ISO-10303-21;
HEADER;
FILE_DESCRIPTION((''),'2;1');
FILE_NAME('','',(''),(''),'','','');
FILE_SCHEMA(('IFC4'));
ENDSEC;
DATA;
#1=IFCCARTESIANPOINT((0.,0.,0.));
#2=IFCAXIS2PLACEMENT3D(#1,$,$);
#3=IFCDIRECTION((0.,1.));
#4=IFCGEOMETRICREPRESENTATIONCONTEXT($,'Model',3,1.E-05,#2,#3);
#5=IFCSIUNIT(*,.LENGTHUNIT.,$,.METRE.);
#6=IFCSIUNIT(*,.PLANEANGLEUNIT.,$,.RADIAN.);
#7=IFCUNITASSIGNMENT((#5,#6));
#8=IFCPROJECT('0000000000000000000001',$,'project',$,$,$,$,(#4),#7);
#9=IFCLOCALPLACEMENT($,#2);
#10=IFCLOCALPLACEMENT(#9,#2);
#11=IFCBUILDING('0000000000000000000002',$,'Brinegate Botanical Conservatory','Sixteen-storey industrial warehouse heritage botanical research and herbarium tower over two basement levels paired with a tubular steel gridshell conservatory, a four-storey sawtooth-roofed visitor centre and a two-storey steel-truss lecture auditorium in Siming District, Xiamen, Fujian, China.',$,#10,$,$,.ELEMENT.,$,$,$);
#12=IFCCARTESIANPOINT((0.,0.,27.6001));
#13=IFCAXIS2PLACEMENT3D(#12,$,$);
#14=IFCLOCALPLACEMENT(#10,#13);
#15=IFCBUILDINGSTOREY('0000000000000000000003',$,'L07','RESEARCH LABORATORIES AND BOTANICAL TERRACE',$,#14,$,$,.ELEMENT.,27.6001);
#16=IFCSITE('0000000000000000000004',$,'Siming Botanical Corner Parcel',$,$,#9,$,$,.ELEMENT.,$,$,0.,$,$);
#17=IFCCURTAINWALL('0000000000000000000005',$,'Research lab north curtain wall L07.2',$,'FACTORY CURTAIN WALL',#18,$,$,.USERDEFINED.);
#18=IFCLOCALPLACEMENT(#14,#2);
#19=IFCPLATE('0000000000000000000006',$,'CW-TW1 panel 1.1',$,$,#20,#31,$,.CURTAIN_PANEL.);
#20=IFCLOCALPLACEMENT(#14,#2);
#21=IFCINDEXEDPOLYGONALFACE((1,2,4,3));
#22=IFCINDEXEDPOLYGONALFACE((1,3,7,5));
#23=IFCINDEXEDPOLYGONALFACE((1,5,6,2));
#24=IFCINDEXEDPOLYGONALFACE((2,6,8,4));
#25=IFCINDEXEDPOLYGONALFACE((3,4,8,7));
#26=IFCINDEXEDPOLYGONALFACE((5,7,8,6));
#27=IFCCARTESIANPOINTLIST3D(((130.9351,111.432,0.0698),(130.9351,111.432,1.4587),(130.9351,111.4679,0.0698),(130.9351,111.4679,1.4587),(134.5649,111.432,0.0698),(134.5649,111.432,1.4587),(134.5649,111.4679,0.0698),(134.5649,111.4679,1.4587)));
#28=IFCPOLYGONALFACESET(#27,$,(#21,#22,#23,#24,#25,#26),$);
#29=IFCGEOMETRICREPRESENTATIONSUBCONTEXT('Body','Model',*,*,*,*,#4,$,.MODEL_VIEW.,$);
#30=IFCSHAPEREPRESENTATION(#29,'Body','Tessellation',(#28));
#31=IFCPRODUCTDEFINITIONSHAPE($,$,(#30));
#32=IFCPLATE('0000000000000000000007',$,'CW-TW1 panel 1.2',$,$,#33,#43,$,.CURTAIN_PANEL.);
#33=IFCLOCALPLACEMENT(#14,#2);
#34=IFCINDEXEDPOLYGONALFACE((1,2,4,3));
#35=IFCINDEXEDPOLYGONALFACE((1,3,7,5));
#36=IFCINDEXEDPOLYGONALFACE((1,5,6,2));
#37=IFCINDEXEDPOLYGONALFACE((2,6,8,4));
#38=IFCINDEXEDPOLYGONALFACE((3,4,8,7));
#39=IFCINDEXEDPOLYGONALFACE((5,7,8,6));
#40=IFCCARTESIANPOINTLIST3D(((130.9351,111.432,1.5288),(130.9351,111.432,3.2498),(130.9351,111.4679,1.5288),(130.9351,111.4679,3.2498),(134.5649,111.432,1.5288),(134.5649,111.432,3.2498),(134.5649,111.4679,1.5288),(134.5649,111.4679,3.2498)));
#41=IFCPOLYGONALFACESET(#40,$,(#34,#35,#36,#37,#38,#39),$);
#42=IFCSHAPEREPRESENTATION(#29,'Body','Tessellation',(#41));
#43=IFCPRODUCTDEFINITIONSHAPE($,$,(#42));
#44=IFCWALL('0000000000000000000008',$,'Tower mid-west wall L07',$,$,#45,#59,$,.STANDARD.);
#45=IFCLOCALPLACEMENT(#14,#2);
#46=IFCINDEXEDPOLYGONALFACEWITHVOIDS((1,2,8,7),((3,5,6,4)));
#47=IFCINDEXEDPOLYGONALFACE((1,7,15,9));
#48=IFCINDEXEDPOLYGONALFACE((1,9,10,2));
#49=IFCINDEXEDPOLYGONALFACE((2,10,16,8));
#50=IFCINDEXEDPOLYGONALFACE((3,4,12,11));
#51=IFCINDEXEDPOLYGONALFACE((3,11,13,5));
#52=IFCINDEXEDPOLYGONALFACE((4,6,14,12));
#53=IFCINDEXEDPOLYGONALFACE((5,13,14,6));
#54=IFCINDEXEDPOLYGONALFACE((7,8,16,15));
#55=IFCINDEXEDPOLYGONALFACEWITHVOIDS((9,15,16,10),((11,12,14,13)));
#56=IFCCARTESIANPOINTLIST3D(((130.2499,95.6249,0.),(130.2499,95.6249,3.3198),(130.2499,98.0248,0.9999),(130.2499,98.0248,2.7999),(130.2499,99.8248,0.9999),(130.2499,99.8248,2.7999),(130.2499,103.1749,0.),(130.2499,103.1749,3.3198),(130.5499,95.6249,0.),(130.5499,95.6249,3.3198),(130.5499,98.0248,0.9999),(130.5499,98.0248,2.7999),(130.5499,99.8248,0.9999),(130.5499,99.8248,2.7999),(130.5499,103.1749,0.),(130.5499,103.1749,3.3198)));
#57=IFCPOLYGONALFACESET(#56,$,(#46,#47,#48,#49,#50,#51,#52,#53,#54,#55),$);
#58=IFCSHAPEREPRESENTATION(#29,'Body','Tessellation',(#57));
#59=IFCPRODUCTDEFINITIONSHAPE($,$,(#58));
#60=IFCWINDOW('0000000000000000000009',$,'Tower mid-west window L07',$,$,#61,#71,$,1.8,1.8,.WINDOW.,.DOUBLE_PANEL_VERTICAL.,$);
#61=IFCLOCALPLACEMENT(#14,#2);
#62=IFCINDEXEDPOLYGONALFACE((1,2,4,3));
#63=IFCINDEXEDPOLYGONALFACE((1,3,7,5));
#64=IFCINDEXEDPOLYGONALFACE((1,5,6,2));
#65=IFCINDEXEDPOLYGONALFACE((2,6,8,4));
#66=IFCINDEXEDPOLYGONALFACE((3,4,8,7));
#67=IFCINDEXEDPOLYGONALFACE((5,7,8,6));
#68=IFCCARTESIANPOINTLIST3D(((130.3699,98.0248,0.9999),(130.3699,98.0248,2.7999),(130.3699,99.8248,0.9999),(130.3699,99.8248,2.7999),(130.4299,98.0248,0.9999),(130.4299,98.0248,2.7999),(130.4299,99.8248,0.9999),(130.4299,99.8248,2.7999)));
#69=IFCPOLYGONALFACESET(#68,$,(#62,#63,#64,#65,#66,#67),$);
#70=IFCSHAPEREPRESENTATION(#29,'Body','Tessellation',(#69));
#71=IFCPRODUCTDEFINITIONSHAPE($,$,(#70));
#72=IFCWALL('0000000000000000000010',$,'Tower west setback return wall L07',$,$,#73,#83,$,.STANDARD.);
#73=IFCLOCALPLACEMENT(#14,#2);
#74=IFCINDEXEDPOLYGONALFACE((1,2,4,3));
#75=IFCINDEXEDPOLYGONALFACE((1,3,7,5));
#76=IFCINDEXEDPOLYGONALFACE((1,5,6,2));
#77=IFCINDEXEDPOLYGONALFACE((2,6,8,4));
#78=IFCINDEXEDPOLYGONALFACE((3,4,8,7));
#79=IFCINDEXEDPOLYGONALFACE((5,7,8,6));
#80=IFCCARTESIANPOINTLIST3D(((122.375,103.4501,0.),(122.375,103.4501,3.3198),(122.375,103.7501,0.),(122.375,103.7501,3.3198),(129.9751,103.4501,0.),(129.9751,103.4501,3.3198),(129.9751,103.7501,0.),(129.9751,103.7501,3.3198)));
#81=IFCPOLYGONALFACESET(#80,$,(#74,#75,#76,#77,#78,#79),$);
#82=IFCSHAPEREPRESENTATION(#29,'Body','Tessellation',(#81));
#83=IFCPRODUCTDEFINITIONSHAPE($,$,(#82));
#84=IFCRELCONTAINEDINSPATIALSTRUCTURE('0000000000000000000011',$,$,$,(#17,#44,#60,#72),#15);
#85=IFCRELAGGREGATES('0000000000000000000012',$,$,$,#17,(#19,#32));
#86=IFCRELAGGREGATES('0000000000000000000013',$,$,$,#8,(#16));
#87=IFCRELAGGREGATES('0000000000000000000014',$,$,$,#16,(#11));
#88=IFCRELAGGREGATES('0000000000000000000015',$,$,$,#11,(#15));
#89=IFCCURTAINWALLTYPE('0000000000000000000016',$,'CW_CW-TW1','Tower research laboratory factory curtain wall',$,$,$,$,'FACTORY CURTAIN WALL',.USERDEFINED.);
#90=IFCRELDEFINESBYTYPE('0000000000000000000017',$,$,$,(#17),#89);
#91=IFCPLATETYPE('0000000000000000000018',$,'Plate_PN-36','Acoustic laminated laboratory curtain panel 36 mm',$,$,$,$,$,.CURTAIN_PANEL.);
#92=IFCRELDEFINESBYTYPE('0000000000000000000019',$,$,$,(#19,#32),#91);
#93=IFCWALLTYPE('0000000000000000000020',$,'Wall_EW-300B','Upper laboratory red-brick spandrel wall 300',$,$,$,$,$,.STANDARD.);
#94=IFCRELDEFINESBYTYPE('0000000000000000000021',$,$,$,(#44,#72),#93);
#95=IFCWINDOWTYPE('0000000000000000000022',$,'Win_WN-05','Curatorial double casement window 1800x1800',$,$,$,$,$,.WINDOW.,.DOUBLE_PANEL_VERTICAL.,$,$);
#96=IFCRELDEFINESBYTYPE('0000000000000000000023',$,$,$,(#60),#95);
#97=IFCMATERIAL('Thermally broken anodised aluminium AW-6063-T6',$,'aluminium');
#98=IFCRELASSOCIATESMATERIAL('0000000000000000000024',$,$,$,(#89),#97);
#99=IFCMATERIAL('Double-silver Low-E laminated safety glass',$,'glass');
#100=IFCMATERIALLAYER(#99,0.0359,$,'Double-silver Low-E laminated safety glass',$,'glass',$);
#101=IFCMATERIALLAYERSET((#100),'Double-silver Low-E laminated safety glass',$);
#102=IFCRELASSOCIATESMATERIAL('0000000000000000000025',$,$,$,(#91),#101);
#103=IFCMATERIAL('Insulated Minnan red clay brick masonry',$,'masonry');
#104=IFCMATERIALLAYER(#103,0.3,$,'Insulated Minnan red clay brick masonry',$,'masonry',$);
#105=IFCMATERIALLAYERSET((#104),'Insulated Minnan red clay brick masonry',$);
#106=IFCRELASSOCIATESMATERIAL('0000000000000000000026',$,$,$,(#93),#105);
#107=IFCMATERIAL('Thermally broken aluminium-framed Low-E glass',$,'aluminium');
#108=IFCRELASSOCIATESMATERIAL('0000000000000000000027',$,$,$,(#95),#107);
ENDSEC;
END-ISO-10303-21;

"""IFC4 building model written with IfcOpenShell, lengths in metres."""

from ifc_helpers import new_model, si_unit, direction, frame, frame_2d, origin, origin_2d, place, context, subcontext, project, spatial, rectangle, extrude, material, layer, layer_set, type_object, element, fill, aggregate, save


model = new_model("IFC4")

# Units and contexts
model_context = context("Model", 3, precision=1e-05, world=origin(), true_north=direction((0.0, 1.0)))
body_context = subcontext(model_context, "Body", "Model", "MODEL_VIEW")
ifc_project = project(units=[si_unit("LENGTHUNIT", "METRE"), si_unit("PLANEANGLEUNIT", "RADIAN")], contexts=[model_context])

# Site, building, storey
site_placement = place(None, origin())
site = spatial("IfcSite", under=ifc_project, at=site_placement, Name="Siming Botanical Corner Parcel", CompositionType="ELEMENT", RefElevation=0.0)
building_placement = place(site_placement, origin())
building = spatial("IfcBuilding", under=site, at=building_placement, Name="Brinegate Botanical Conservatory", Description="Sixteen-storey industrial warehouse heritage botanical research and herbarium tower over two basement levels paired with a tubular steel gridshell conservatory, a four-storey sawtooth-roofed visitor centre and a two-storey steel-truss lecture auditorium in Siming District, Xiamen, Fujian, China.", CompositionType="ELEMENT")
storey_placement = place(building_placement, frame((0.0, 0.0, 27.6001)))
storey = spatial("IfcBuildingStorey", under=building, at=storey_placement, Name="L07", Description="RESEARCH LABORATORIES AND BOTANICAL TERRACE", CompositionType="ELEMENT", Elevation=27.6001)

# Curtain wall, plates
ifc_material_1 = material(Name="Thermally broken anodised aluminium AW-6063-T6", Category="aluminium")
curtain_wall_type = type_object("IfcCurtainWallType", Name="CW_CW-TW1", Description="Tower research laboratory factory curtain wall", ElementType="FACTORY CURTAIN WALL", PredefinedType="USERDEFINED", material=ifc_material_1)
curtain_wall_placement = place(storey_placement, origin())
curtain_wall = element("IfcCurtainWall", 1, at=curtain_wall_placement, inside=storey, type_object=curtain_wall_type, Name="Research lab north curtain wall L07.2", ObjectType="FACTORY CURTAIN WALL", PredefinedType="USERDEFINED")
ifc_material_2 = material(Name="Double-silver Low-E laminated safety glass", Category="glass")
ifc_layer_1 = layer(ifc_material_2, 0.0359, Name="Double-silver Low-E laminated safety glass", Category="glass")
ifc_layer_set_1 = layer_set([ifc_layer_1], Name="Double-silver Low-E laminated safety glass")
plate_type = type_object("IfcPlateType", Name="Plate_PN-36", Description="Acoustic laminated laboratory curtain panel 36 mm", PredefinedType="CURTAIN_PANEL", material=ifc_layer_set_1)
plate_1_placement = place(storey_placement, frame((132.75, 111.45, 0.0698), z_axis=(0.0, 0.0, 1.0), x_axis=(1.0, 0.0, 0.0)))
plate_1 = element("IfcPlate", 2, at=plate_1_placement, type_object=plate_type, Name="CW-TW1 panel 1.1", PredefinedType="CURTAIN_PANEL", context=body_context, shape_type="SweptSolid", body=[
    extrude(rectangle(XDim=3.6299, YDim=0.0359, at=origin_2d()), origin(), (0.0, 0.0, 1.0), 1.3889),
])
plate_2_placement = place(storey_placement, frame((132.75, 111.45, 1.5288), z_axis=(0.0, 0.0, 1.0), x_axis=(1.0, 0.0, 0.0)))
plate_2 = element("IfcPlate", 3, at=plate_2_placement, type_object=plate_type, Name="CW-TW1 panel 1.2", PredefinedType="CURTAIN_PANEL", context=body_context, shape_type="SweptSolid", body=[
    extrude(rectangle(XDim=3.6299, YDim=0.0359, at=origin_2d()), origin(), (0.0, 0.0, 1.0), 1.7209),
])
aggregate(curtain_wall, [plate_1, plate_2])

# Wall, opening, window
ifc_material_3 = material(Name="Insulated Minnan red clay brick masonry", Category="masonry")
ifc_layer_2 = layer(ifc_material_3, 0.3, Name="Insulated Minnan red clay brick masonry", Category="masonry")
ifc_layer_set_2 = layer_set([ifc_layer_2], Name="Insulated Minnan red clay brick masonry")
wall_type = type_object("IfcWallType", Name="Wall_EW-300B", Description="Upper laboratory red-brick spandrel wall 300", PredefinedType="STANDARD", material=ifc_layer_set_2)
wall_1_placement = place(storey_placement, frame((130.3999, 95.625, 0.0), z_axis=(0.0, 0.0, 1.0), x_axis=(0.0, 1.0, 0.0)))
wall_1 = element("IfcWall", 4, at=wall_1_placement, inside=storey, type_object=wall_type, Name="Tower mid-west wall L07", PredefinedType="STANDARD", context=body_context, shape_type="SweptSolid", body=[
    extrude(rectangle(XDim=7.55, YDim=0.3, at=frame_2d((3.7749, 0.0))), origin(), (0.0, 0.0, 1.0), 3.3198),
])
opening_placement = place(wall_1_placement, frame((2.3999, 0.0, 1.0)))
opening = element("IfcOpeningElement", 5, at=opening_placement, cuts=wall_1, PredefinedType="OPENING", context=body_context, shape_type="SweptSolid", body=[
    extrude(rectangle(XDim=1.8, YDim=1.8, at=frame_2d((0.8999, 0.8999))), frame((0.0, 0.1599, 0.0), z_axis=(0.0, -1.0, 0.0), x_axis=(1.0, 0.0, 0.0)), (0.0, 0.0, 1.0), 0.3201),
])
ifc_material_4 = material(Name="Thermally broken aluminium-framed Low-E glass", Category="aluminium")
window_type = type_object("IfcWindowType", Name="Win_WN-05", Description="Curatorial double casement window 1800x1800", PartitioningType="DOUBLE_PANEL_VERTICAL", PredefinedType="WINDOW", material=ifc_material_4)
window_placement = place(opening_placement, origin())
window = element("IfcWindow", 6, at=window_placement, inside=storey, type_object=window_type, Name="Tower mid-west window L07", OverallHeight=1.8, OverallWidth=1.8, PartitioningType="DOUBLE_PANEL_VERTICAL", PredefinedType="WINDOW", context=body_context, shape_type="SweptSolid", body=[
    extrude(rectangle(XDim=1.8, YDim=1.8, at=frame_2d((0.8999, 0.8999))), frame((0.0, 0.03, 0.0), z_axis=(0.0, -1.0, 0.0), x_axis=(1.0, 0.0, 0.0)), (0.0, 0.0, 1.0), 0.0601),
])
fill(opening, window)

# Wall
wall_2_placement = place(storey_placement, frame((129.9751, 103.6001, 0.0), z_axis=(0.0, 0.0, 1.0), x_axis=(-1.0, 0.0, 0.0)))
element("IfcWall", 7, at=wall_2_placement, inside=storey, type_object=wall_type, Name="Tower west setback return wall L07", PredefinedType="STANDARD", context=body_context, shape_type="SweptSolid", body=[
    extrude(rectangle(XDim=7.6001, YDim=0.3, at=frame_2d((3.8, 0.0))), origin(), (0.0, 0.0, 1.0), 3.3198),
])

save(model, "model.ifc")
